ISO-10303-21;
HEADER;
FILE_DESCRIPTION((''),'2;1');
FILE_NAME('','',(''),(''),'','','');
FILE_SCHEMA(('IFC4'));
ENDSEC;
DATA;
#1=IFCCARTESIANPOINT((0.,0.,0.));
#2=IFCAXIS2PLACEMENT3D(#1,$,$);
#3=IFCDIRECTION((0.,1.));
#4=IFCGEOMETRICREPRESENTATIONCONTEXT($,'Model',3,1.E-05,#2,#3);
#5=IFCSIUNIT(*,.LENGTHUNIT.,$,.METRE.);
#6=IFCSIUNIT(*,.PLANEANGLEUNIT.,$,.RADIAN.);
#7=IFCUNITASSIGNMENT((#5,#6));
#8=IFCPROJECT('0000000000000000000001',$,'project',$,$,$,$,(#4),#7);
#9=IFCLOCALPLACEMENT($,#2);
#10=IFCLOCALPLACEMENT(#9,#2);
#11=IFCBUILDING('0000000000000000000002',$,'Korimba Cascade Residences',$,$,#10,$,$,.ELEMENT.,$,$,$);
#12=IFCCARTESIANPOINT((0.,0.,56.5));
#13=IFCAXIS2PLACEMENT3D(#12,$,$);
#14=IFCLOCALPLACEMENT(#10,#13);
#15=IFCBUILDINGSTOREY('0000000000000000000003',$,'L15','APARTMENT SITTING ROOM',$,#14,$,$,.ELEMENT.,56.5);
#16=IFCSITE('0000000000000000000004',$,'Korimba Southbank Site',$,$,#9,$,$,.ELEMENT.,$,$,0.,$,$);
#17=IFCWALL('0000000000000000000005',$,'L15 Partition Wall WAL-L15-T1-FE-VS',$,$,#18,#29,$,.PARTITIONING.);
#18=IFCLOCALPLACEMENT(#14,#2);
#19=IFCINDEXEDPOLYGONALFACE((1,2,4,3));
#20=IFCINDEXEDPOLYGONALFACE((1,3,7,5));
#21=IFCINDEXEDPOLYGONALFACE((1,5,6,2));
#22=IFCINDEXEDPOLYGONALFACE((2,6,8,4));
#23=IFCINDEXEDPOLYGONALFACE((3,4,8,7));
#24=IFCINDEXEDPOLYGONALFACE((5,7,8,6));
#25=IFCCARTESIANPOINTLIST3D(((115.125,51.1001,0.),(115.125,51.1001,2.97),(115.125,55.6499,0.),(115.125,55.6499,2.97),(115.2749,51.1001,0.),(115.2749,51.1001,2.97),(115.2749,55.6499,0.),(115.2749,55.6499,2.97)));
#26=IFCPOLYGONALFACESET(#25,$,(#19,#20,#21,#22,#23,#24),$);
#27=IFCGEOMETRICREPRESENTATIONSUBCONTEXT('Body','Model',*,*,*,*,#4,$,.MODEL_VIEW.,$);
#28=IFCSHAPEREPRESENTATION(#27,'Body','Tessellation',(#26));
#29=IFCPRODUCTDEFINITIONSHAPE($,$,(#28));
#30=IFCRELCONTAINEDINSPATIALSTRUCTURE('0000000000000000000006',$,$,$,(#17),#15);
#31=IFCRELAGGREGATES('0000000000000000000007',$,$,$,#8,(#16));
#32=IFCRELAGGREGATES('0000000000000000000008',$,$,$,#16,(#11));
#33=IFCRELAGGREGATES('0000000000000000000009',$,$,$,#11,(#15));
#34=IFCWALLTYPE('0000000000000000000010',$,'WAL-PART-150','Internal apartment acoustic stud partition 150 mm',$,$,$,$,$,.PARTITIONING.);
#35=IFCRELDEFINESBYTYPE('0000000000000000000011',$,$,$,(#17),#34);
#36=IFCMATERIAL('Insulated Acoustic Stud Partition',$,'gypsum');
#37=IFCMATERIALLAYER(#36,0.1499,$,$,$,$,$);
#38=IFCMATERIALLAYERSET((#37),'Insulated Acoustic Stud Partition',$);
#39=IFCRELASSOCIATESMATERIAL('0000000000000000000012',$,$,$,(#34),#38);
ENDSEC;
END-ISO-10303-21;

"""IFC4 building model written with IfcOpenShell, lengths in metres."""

from ifc_helpers import new_model, si_unit, direction, frame, frame_2d, origin, place, context, subcontext, project, spatial, rectangle, extrude, material, layer, layer_set, type_object, element, save


model = new_model("IFC4")

# Units and contexts
model_context = context("Model", 3, precision=1e-05, world=origin(), true_north=direction((0.0, 1.0)))
body_context = subcontext(model_context, "Body", "Model", "MODEL_VIEW")
ifc_project = project(units=[si_unit("LENGTHUNIT", "METRE"), si_unit("PLANEANGLEUNIT", "RADIAN")], contexts=[model_context])

# Site, building, storey
site_placement = place(None, origin())
site = spatial("IfcSite", under=ifc_project, at=site_placement, Name="Korimba Southbank Site", CompositionType="ELEMENT", RefElevation=0.0)
building_placement = place(site_placement, origin())
building = spatial("IfcBuilding", under=site, at=building_placement, Name="Korimba Cascade Residences", CompositionType="ELEMENT")
storey_placement = place(building_placement, frame((0.0, 0.0, 56.5)))
storey = spatial("IfcBuildingStorey", under=building, at=storey_placement, Name="L15", Description="APARTMENT SITTING ROOM", CompositionType="ELEMENT", Elevation=56.5)

# Shared definitions
ifc_material_1 = material(Name="Insulated Acoustic Stud Partition", Category="gypsum")
ifc_layer_1 = layer(ifc_material_1, 0.1499)
ifc_layer_set_1 = layer_set([ifc_layer_1], Name="Insulated Acoustic Stud Partition")
wall_type_1 = type_object("IfcWallType", Name="WAL-PART-150", Description="Internal apartment acoustic stud partition 150 mm", PredefinedType="PARTITIONING", material=ifc_layer_set_1)

# Wall
wall_1_placement = place(storey_placement, frame((115.2, 51.1001, 0.0), z_axis=(0.0, 0.0, 1.0), x_axis=(0.0, 1.0, 0.0)))
element("IfcWall", 1, at=wall_1_placement, inside=storey, type_object=wall_type_1, Name="L15 Partition Wall WAL-L15-T1-FE-VS", PredefinedType="PARTITIONING", context=body_context, shape_type="SweptSolid", body=[
    extrude(rectangle(XDim=4.5498, YDim=0.1499, at=frame_2d((2.2749, 0.0))), origin(), (0.0, 0.0, 1.0), 2.97),
])

save(model, "model.ifc")
